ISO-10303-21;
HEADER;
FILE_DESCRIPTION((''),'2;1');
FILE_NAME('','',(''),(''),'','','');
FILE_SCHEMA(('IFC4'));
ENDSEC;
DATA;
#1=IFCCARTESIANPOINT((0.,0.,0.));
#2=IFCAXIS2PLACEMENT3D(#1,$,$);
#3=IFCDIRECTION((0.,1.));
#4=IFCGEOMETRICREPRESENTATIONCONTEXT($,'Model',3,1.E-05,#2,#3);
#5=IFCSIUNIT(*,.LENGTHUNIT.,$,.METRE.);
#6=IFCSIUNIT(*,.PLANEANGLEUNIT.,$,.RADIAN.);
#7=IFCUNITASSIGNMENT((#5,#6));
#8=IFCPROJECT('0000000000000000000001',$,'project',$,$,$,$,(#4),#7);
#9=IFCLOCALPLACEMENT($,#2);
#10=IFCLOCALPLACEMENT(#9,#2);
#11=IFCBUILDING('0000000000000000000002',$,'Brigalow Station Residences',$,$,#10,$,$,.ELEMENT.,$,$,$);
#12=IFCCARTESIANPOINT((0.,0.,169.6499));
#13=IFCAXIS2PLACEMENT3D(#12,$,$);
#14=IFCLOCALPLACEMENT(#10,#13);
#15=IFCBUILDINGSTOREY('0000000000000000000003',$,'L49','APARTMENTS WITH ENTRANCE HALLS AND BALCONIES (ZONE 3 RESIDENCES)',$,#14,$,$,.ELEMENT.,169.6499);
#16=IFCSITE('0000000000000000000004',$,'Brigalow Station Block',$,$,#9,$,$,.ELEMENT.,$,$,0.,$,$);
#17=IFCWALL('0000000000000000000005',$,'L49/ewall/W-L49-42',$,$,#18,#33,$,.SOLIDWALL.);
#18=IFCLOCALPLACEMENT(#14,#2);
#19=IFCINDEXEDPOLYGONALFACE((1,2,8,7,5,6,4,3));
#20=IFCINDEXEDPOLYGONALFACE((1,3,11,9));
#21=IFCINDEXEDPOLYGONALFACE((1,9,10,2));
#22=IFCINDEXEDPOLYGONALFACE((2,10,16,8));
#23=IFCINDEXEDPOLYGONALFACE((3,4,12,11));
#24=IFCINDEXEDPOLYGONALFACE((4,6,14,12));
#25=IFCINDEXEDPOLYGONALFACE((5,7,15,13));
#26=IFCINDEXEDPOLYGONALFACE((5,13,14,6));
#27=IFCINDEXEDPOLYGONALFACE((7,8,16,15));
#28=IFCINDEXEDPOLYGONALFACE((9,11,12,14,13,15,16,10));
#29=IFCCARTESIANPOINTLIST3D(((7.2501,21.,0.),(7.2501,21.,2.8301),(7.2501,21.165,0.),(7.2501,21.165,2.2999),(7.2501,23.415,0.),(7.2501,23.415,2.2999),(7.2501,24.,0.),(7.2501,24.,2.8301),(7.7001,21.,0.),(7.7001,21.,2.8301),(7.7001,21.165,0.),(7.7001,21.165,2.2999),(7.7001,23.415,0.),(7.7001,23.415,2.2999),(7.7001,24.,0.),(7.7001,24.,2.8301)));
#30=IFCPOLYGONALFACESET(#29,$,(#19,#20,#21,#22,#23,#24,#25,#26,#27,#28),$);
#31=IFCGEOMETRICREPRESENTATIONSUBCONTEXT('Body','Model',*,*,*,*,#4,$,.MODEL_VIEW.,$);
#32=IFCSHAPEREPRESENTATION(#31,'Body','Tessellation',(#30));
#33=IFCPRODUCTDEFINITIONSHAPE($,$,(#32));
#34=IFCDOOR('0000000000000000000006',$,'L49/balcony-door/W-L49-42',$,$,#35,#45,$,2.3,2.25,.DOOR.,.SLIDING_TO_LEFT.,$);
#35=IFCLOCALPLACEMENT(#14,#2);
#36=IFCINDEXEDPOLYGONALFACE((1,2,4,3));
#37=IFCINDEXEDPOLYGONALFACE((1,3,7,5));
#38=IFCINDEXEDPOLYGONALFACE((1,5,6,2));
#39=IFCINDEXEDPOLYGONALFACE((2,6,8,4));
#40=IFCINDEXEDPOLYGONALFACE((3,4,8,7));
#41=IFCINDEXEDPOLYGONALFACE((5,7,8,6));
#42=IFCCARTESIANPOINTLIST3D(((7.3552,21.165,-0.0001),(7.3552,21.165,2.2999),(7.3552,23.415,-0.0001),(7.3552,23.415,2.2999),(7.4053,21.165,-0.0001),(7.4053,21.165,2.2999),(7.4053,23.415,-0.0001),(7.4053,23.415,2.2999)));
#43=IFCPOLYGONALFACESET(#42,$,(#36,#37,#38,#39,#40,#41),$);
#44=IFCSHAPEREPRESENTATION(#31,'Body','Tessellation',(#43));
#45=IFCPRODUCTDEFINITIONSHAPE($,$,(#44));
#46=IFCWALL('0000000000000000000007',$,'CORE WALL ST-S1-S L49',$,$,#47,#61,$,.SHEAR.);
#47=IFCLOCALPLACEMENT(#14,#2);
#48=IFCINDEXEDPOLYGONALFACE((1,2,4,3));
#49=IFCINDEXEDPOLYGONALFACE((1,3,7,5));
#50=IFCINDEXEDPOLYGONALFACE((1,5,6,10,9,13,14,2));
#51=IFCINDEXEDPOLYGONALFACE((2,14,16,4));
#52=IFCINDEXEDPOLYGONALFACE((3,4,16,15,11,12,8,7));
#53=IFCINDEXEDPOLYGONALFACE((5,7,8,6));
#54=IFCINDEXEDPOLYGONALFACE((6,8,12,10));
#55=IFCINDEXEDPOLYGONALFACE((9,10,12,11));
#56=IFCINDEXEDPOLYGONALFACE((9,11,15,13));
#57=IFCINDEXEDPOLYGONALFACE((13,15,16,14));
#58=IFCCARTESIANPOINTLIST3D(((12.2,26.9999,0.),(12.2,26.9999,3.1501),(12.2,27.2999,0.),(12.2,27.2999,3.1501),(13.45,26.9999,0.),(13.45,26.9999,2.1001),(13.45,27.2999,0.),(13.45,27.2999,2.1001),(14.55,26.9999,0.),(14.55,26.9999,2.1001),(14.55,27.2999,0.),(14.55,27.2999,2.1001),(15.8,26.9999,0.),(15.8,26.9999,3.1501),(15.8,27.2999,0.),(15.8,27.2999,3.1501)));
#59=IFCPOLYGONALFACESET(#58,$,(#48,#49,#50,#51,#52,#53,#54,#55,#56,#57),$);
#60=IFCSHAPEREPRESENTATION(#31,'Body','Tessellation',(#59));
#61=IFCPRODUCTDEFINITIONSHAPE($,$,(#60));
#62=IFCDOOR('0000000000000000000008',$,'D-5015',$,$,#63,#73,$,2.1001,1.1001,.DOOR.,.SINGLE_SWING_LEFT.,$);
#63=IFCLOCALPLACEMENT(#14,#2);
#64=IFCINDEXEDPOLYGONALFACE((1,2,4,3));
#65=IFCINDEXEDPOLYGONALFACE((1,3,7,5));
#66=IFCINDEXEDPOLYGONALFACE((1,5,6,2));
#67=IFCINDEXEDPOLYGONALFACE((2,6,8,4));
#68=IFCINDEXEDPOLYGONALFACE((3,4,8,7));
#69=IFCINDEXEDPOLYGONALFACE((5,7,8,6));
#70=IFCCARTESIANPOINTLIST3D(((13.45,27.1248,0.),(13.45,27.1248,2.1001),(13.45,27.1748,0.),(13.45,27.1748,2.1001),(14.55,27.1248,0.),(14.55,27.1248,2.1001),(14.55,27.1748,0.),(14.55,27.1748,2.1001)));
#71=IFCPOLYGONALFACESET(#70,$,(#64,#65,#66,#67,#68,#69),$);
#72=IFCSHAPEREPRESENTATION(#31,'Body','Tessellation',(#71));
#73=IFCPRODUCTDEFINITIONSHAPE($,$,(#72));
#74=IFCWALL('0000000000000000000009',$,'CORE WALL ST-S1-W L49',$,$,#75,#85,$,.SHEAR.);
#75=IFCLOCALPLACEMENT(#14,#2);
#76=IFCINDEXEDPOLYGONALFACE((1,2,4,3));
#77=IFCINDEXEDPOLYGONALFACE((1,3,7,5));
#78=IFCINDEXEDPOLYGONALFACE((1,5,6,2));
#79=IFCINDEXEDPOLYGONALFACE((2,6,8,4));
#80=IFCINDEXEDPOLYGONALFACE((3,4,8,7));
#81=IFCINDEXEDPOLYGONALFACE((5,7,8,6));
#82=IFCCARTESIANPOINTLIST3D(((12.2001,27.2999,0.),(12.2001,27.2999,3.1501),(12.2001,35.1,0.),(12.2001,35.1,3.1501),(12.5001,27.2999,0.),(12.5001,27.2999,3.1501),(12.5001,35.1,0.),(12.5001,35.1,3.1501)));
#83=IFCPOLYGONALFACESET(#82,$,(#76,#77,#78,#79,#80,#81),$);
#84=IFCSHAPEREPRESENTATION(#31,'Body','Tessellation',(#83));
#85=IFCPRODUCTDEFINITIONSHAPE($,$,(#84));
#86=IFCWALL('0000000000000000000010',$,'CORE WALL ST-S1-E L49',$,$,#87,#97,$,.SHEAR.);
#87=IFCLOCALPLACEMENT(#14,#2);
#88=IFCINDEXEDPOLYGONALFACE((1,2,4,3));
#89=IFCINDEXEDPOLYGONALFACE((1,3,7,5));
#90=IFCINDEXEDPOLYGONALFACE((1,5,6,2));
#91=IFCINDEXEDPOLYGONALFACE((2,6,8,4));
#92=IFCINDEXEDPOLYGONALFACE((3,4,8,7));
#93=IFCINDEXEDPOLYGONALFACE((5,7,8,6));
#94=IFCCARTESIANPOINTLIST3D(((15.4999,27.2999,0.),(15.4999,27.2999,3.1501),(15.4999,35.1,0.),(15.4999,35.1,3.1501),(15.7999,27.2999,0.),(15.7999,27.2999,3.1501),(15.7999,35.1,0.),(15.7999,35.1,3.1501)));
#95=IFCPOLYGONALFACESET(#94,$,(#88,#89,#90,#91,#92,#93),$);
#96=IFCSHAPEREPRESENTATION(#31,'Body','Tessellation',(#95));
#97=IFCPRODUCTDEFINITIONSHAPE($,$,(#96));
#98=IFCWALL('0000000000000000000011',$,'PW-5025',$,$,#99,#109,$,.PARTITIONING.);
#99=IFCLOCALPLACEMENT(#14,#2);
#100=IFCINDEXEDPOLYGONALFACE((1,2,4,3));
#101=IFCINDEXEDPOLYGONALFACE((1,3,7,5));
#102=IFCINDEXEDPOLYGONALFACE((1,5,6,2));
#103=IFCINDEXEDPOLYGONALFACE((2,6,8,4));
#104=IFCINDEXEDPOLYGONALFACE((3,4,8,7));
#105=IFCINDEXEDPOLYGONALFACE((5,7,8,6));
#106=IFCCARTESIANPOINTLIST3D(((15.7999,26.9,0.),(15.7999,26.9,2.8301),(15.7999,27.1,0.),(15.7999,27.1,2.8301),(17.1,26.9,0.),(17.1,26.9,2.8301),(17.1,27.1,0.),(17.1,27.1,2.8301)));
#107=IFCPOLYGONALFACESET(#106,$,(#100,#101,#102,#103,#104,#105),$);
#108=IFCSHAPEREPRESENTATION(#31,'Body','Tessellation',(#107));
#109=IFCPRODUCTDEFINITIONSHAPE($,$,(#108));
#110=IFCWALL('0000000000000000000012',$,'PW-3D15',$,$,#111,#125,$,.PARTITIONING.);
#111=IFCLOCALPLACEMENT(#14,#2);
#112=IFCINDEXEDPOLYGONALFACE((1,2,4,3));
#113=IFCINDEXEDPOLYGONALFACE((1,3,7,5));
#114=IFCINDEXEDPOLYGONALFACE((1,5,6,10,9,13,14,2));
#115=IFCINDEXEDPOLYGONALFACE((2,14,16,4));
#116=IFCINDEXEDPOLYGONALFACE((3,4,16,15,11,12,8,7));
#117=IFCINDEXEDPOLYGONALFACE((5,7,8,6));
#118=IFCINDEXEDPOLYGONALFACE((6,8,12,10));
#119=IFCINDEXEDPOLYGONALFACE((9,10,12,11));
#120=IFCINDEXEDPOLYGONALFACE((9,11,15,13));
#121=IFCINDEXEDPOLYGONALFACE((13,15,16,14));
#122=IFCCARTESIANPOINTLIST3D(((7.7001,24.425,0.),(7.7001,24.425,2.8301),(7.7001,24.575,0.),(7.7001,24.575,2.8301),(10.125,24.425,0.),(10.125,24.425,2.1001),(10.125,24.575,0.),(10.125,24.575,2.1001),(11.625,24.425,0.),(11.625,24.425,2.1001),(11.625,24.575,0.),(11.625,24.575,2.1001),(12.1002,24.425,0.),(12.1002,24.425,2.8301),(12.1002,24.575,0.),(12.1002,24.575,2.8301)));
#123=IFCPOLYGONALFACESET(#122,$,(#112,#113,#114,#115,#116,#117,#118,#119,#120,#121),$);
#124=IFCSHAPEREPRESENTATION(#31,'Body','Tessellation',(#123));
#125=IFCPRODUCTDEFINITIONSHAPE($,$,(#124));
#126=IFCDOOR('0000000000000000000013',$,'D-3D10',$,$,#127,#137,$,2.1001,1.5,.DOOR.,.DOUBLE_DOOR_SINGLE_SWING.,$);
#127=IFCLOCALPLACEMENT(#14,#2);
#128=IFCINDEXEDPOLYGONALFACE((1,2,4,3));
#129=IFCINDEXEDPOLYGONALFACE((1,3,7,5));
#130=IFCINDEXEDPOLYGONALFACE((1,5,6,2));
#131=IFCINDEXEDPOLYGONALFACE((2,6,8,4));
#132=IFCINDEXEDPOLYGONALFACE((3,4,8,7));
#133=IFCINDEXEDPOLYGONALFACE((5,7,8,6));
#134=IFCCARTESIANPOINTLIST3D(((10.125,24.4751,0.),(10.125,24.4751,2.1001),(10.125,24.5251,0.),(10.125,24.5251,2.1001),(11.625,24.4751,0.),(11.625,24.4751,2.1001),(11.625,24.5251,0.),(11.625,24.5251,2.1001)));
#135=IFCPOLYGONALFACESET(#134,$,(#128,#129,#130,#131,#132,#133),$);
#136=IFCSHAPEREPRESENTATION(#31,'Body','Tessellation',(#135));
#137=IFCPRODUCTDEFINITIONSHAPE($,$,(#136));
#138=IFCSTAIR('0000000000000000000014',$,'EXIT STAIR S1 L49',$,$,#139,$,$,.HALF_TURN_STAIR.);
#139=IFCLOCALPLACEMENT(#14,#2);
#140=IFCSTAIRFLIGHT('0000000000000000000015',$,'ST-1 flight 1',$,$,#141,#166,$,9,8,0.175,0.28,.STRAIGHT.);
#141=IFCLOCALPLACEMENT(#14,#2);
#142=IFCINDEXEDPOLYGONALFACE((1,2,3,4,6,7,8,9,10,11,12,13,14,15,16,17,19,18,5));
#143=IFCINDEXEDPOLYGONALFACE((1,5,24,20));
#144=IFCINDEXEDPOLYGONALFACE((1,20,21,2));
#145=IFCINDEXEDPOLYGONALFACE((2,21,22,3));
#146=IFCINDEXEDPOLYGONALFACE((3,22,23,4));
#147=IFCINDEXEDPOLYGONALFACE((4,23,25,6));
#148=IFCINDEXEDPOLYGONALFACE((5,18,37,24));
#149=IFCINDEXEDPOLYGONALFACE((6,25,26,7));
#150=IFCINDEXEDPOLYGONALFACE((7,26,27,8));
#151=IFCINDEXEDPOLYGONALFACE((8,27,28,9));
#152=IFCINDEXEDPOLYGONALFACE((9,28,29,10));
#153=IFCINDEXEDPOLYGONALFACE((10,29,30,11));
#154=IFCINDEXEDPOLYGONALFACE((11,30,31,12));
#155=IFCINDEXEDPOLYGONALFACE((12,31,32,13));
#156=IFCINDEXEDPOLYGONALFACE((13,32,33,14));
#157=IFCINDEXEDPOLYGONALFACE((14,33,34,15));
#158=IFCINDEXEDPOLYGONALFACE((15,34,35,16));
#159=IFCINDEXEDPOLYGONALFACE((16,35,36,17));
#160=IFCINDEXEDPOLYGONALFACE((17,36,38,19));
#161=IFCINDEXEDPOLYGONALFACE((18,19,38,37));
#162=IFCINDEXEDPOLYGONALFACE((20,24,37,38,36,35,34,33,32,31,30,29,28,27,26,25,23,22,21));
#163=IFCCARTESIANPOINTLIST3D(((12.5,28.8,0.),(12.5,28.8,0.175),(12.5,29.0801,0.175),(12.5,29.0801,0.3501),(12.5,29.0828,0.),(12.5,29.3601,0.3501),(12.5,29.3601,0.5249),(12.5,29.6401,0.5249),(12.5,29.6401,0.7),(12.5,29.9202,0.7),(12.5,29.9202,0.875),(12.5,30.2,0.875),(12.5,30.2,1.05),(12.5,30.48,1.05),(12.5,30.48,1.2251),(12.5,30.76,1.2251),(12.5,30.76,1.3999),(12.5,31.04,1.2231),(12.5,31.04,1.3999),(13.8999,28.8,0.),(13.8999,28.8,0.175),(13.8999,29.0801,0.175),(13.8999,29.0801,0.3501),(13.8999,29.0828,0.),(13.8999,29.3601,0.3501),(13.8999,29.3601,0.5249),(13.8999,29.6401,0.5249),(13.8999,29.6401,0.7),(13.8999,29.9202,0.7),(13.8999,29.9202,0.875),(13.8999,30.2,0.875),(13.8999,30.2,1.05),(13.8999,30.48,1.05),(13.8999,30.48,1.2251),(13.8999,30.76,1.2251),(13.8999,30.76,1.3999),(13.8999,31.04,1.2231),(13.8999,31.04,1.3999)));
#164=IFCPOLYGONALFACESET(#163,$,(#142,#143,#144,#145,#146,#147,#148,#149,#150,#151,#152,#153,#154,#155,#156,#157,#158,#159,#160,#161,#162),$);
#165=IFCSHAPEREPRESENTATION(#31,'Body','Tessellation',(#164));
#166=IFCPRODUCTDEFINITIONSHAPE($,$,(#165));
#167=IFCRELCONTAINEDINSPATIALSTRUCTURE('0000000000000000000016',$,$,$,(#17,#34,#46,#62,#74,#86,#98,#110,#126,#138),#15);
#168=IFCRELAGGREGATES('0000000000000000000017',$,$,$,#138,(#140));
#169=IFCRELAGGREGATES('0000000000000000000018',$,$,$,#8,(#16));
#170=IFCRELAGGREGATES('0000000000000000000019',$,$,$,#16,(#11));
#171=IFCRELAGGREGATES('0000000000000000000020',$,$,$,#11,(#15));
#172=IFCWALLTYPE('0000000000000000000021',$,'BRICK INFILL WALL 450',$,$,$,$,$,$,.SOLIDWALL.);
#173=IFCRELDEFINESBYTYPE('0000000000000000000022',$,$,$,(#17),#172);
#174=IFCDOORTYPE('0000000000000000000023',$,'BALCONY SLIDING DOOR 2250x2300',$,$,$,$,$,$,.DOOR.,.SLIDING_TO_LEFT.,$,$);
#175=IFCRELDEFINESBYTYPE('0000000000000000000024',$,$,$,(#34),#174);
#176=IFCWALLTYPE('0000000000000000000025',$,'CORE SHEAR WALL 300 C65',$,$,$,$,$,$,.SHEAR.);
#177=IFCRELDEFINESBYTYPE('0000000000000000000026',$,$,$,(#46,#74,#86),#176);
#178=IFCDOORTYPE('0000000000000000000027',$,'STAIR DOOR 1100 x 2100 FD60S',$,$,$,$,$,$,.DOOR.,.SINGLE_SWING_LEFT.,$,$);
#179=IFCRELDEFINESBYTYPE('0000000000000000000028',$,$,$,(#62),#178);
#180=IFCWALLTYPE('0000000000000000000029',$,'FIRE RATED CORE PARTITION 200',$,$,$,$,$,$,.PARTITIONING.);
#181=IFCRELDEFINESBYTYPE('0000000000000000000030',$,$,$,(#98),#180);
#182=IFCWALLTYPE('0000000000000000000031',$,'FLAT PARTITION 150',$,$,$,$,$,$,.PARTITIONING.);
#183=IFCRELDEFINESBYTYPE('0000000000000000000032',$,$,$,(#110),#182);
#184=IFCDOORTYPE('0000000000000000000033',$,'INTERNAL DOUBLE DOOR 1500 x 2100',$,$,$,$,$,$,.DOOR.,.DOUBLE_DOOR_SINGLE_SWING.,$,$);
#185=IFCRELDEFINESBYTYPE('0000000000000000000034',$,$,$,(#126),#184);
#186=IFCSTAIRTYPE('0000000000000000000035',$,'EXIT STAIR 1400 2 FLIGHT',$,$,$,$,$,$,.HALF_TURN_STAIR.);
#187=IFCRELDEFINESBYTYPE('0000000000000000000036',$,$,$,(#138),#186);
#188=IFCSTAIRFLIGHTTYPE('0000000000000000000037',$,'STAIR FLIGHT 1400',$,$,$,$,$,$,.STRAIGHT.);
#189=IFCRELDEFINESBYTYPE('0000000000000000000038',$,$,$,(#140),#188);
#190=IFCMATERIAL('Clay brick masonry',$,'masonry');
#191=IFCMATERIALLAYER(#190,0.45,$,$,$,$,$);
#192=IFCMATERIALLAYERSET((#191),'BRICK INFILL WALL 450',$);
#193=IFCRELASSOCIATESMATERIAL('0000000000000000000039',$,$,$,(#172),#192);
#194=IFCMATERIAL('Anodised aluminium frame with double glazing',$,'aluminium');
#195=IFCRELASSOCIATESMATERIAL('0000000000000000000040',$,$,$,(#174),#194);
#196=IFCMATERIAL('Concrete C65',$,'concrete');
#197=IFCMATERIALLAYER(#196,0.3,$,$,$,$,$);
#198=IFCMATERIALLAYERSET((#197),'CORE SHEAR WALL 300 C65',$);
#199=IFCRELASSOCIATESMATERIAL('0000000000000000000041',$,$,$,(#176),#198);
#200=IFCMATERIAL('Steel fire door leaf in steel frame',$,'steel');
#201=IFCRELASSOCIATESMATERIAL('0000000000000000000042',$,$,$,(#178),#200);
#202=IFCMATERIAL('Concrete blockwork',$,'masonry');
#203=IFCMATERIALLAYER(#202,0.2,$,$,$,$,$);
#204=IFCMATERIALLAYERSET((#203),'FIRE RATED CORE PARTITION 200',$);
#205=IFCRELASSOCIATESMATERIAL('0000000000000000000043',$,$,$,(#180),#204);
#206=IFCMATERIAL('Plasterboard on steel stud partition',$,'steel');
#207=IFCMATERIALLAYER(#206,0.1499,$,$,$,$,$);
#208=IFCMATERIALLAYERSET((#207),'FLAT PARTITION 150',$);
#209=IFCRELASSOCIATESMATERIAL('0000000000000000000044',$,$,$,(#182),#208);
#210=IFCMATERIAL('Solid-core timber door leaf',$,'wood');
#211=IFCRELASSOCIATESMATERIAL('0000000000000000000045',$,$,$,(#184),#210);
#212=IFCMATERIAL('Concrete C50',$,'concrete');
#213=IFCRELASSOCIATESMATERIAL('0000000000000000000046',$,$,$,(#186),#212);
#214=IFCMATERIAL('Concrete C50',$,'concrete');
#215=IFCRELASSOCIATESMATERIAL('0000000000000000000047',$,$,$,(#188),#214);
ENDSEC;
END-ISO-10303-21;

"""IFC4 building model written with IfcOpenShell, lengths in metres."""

from ifc_helpers import new_model, si_unit, direction, frame, frame_2d, origin, place, context, subcontext, project, spatial, polyline, rectangle, outline, extrude, material, layer, layer_set, type_object, element, fill, aggregate, save


model = new_model("IFC4")

# Units and contexts
model_context = context("Model", 3, precision=1e-05, world=origin(), true_north=direction((0.0, 1.0)))
body_context = subcontext(model_context, "Body", "Model", "MODEL_VIEW")
ifc_project = project(units=[si_unit("LENGTHUNIT", "METRE"), si_unit("PLANEANGLEUNIT", "RADIAN")], contexts=[model_context])

# Site, building, storey
site_placement = place(None, origin())
site = spatial("IfcSite", under=ifc_project, at=site_placement, Name="Brigalow Station Block", CompositionType="ELEMENT", RefElevation=0.0)
building_placement = place(site_placement, origin())
building = spatial("IfcBuilding", under=site, at=building_placement, Name="Brigalow Station Residences", CompositionType="ELEMENT")
storey_placement = place(building_placement, frame((0.0, 0.0, 169.6499)))
storey = spatial("IfcBuildingStorey", under=building, at=storey_placement, Name="L49", Description="APARTMENTS WITH ENTRANCE HALLS AND BALCONIES (ZONE 3 RESIDENCES)", CompositionType="ELEMENT", Elevation=169.6499)

# Shared definitions
ifc_material_1 = material(Name="Clay brick masonry", Category="masonry")
ifc_layer_1 = layer(ifc_material_1, 0.45)
ifc_layer_set_1 = layer_set([ifc_layer_1], Name="BRICK INFILL WALL 450")
wall_type_1 = type_object("IfcWallType", Name="BRICK INFILL WALL 450", PredefinedType="SOLIDWALL", material=ifc_layer_set_1)

# Walls, openings, doors
wall_1_placement = place(storey_placement, frame((7.4751, 24.0, 0.0), z_axis=(0.0, 0.0, 1.0), x_axis=(0.0, -1.0, 0.0)))
wall_1 = element("IfcWall", 1, at=wall_1_placement, inside=storey, type_object=wall_type_1, Name="L49/ewall/W-L49-42", PredefinedType="SOLIDWALL", context=body_context, shape_type="SweptSolid", body=[
    extrude(rectangle(XDim=3.0, YDim=0.45, at=frame_2d((1.5, 0.0))), origin(), (0.0, 0.0, 1.0), 2.8301),
])
opening_1_placement = place(wall_1_placement, frame((0.585, 0.0, 0.0)))
opening_1 = element("IfcOpeningElement", 2, at=opening_1_placement, cuts=wall_1, PredefinedType="OPENING", context=body_context, shape_type="SweptSolid", body=[
    extrude(rectangle(XDim=2.25, YDim=2.3, at=frame_2d((1.125, 1.1499))), frame((0.0, 0.2349, 0.0), z_axis=(0.0, -1.0, 0.0), x_axis=(1.0, 0.0, 0.0)), (0.0, 0.0, 1.0), 0.47),
])
ifc_material_2 = material(Name="Anodised aluminium frame with double glazing", Category="aluminium")
door_type_1 = type_object("IfcDoorType", Name="BALCONY SLIDING DOOR 2250x2300", OperationType="SLIDING_TO_LEFT", PredefinedType="DOOR", material=ifc_material_2)
door_1_placement = place(opening_1_placement, origin())
door_1 = element("IfcDoor", 3, at=door_1_placement, inside=storey, type_object=door_type_1, Name="L49/balcony-door/W-L49-42", OperationType="SLIDING_TO_LEFT", OverallHeight=2.3, OverallWidth=2.25, PredefinedType="DOOR", context=body_context, shape_type="SweptSolid", body=[
    extrude(rectangle(XDim=2.25, YDim=2.3, at=frame_2d((1.125, 1.1499))), frame((0.0, -0.0698, 0.0), z_axis=(0.0, -1.0, 0.0), x_axis=(1.0, 0.0, 0.0)), (0.0, 0.0, 1.0), 0.05),
])
fill(opening_1, door_1)
ifc_material_3 = material(Name="Concrete C65", Category="concrete")
ifc_layer_2 = layer(ifc_material_3, 0.3)
ifc_layer_set_2 = layer_set([ifc_layer_2], Name="CORE SHEAR WALL 300 C65")
wall_type_2 = type_object("IfcWallType", Name="CORE SHEAR WALL 300 C65", PredefinedType="SHEAR", material=ifc_layer_set_2)
wall_2_placement = place(storey_placement, frame((12.2, 27.1499, 0.0), z_axis=(0.0, 0.0, 1.0), x_axis=(1.0, 0.0, 0.0)))
wall_2 = element("IfcWall", 4, at=wall_2_placement, inside=storey, type_object=wall_type_2, Name="CORE WALL ST-S1-S L49", PredefinedType="SHEAR", context=body_context, shape_type="SweptSolid", body=[
    extrude(rectangle(XDim=3.6001, YDim=0.3, at=frame_2d((1.8, 0.0))), origin(), (0.0, 0.0, 1.0), 3.1501),
])
opening_2_placement = place(wall_2_placement, frame((1.25, 0.0, 0.0)))
opening_2 = element("IfcOpeningElement", 5, at=opening_2_placement, cuts=wall_2, PredefinedType="OPENING", context=body_context, shape_type="SweptSolid", body=[
    extrude(rectangle(XDim=1.1001, YDim=2.1001, at=frame_2d((0.55, 1.05))), frame((0.0, 0.1602, 0.0), z_axis=(0.0, -1.0, 0.0), x_axis=(1.0, 0.0, 0.0)), (0.0, 0.0, 1.0), 0.3201),
])
ifc_material_4 = material(Name="Steel fire door leaf in steel frame", Category="steel")
door_type_2 = type_object("IfcDoorType", Name="STAIR DOOR 1100 x 2100 FD60S", OperationType="SINGLE_SWING_LEFT", PredefinedType="DOOR", material=ifc_material_4)
door_2_placement = place(opening_2_placement, origin())
door_2 = element("IfcDoor", 6, at=door_2_placement, inside=storey, type_object=door_type_2, Name="D-5015", OperationType="SINGLE_SWING_LEFT", OverallHeight=2.1001, OverallWidth=1.1001, PredefinedType="DOOR", context=body_context, shape_type="SweptSolid", body=[
    extrude(rectangle(XDim=1.1001, YDim=2.1001, at=frame_2d((0.55, 1.05))), frame((0.0, 0.0249, 0.0), z_axis=(0.0, -1.0, 0.0), x_axis=(1.0, 0.0, 0.0)), (0.0, 0.0, 1.0), 0.05),
])
fill(opening_2, door_2)

# Walls
for number, where, z_axis, x_axis, name in (
    (7, (12.3501, 27.3, 0.0), (0.0, 0.0, 1.0), (0.0, 1.0, 0.0), "CORE WALL ST-S1-W L49"),
    (8, (15.6499, 27.3, 0.0), (0.0, 0.0, 1.0), (0.0, 1.0, 0.0), "CORE WALL ST-S1-E L49"),
):
    element("IfcWall", number, at=place(storey_placement, frame(where, z_axis=z_axis, x_axis=x_axis)), inside=storey, type_object=wall_type_2, Name=name, PredefinedType="SHEAR", context=body_context, shape_type="SweptSolid", body=[
        extrude(rectangle(XDim=7.8, YDim=0.3, at=frame_2d((3.8999, 0.0))), origin(), (0.0, 0.0, 1.0), 3.1501),
    ])
ifc_material_5 = material(Name="Concrete blockwork", Category="masonry")
ifc_layer_3 = layer(ifc_material_5, 0.2)
ifc_layer_set_3 = layer_set([ifc_layer_3], Name="FIRE RATED CORE PARTITION 200")
wall_type_3 = type_object("IfcWallType", Name="FIRE RATED CORE PARTITION 200", PredefinedType="PARTITIONING", material=ifc_layer_set_3)
wall_3_placement = place(storey_placement, frame((15.8, 27.0, 0.0), z_axis=(0.0, 0.0, 1.0), x_axis=(1.0, 0.0, 0.0)))
element("IfcWall", 9, at=wall_3_placement, inside=storey, type_object=wall_type_3, Name="PW-5025", PredefinedType="PARTITIONING", context=body_context, shape_type="SweptSolid", body=[
    extrude(rectangle(XDim=1.3, YDim=0.2, at=frame_2d((0.6499, 0.0))), origin(), (0.0, 0.0, 1.0), 2.8301),
])

# Wall, opening, door
ifc_material_6 = material(Name="Plasterboard on steel stud partition", Category="steel")
ifc_layer_4 = layer(ifc_material_6, 0.1499)
ifc_layer_set_4 = layer_set([ifc_layer_4], Name="FLAT PARTITION 150")
wall_type_4 = type_object("IfcWallType", Name="FLAT PARTITION 150", PredefinedType="PARTITIONING", material=ifc_layer_set_4)
wall_4_placement = place(storey_placement, frame((7.7, 24.5, 0.0), z_axis=(0.0, 0.0, 1.0), x_axis=(1.0, 0.0, 0.0)))
wall_4 = element("IfcWall", 10, at=wall_4_placement, inside=storey, type_object=wall_type_4, Name="PW-3D15", PredefinedType="PARTITIONING", context=body_context, shape_type="SweptSolid", body=[
    extrude(rectangle(XDim=4.4001, YDim=0.1499, at=frame_2d((2.2002, 0.0))), origin(), (0.0, 0.0, 1.0), 2.8301),
])
opening_3_placement = place(wall_4_placement, frame((2.425, 0.0, 0.0)))
opening_3 = element("IfcOpeningElement", 11, at=opening_3_placement, cuts=wall_4, PredefinedType="OPENING", context=body_context, shape_type="SweptSolid", body=[
    extrude(rectangle(XDim=1.5, YDim=2.1001, at=frame_2d((0.75, 1.05))), frame((0.0, 0.085, 0.0), z_axis=(0.0, -1.0, 0.0), x_axis=(1.0, 0.0, 0.0)), (0.0, 0.0, 1.0), 0.1699),
])
ifc_material_7 = material(Name="Solid-core timber door leaf", Category="wood")
door_type_3 = type_object("IfcDoorType", Name="INTERNAL DOUBLE DOOR 1500 x 2100", OperationType="DOUBLE_DOOR_SINGLE_SWING", PredefinedType="DOOR", material=ifc_material_7)
door_3_placement = place(opening_3_placement, frame((1.5, 0.0, 0.0), z_axis=(0.0, 0.0, 1.0), x_axis=(-1.0, 0.0, 0.0)))
door_3 = element("IfcDoor", 12, at=door_3_placement, inside=storey, type_object=door_type_3, Name="D-3D10", OperationType="DOUBLE_DOOR_SINGLE_SWING", OverallHeight=2.1001, OverallWidth=1.5, PredefinedType="DOOR", context=body_context, shape_type="SweptSolid", body=[
    extrude(rectangle(XDim=1.5, YDim=2.1001, at=frame_2d((0.75, 1.05))), frame((0.0, 0.0249, 0.0), z_axis=(0.0, -1.0, 0.0), x_axis=(1.0, 0.0, 0.0)), (0.0, 0.0, 1.0), 0.05),
])
fill(opening_3, door_3)

# Stair, stair flight
ifc_material_8 = material(Name="Concrete C50", Category="concrete")
stair_type = type_object("IfcStairType", Name="EXIT STAIR 1400 2 FLIGHT", PredefinedType="HALF_TURN_STAIR", material=ifc_material_8)
stair_placement = place(storey_placement, origin())
stair = element("IfcStair", 13, at=stair_placement, inside=storey, type_object=stair_type, Name="EXIT STAIR S1 L49", PredefinedType="HALF_TURN_STAIR")
ifc_material_9 = material(Name="Concrete C50", Category="concrete")
stair_flight_type = type_object("IfcStairFlightType", Name="STAIR FLIGHT 1400", PredefinedType="STRAIGHT", material=ifc_material_9)
stair_flight_1_placement = place(storey_placement, frame((13.2, 28.8, 0.0), z_axis=(0.0, 0.0, 1.0), x_axis=(0.0, 1.0, 0.0)))
stair_flight_1 = element("IfcStairFlight", 14, at=stair_flight_1_placement, type_object=stair_flight_type, Name="ST-1 flight 1", NumberOfRisers=9, NumberOfTreads=8, PredefinedType="STRAIGHT", RiserHeight=0.175, TreadLength=0.28, context=body_context, shape_type="SweptSolid", body=[
    extrude(outline(polyline([(0.0, 0.0), (0.0, 0.175), (0.28, 0.175), (0.28, 0.3501), (0.5601, 0.3501), (0.5601, 0.5249), (0.8401, 0.5249), (0.8401, 0.7), (1.1201, 0.7), (1.1201, 0.875), (1.3999, 0.875), (1.3999, 1.05), (1.6799, 1.05), (1.6799, 1.2251), (1.96, 1.2251), (1.96, 1.3999), (2.24, 1.3999), (2.24, 1.575), (2.24, 1.2231), (0.2827, 0.0), (0.0, 0.0)])), frame((0.0, 0.7, 0.0), z_axis=(0.0, -1.0, 0.0), x_axis=(1.0, 0.0, 0.0)), (0.0, 0.0, 1.0), 1.3999),
])
aggregate(stair, [stair_flight_1])

save(model, "model.ifc")
